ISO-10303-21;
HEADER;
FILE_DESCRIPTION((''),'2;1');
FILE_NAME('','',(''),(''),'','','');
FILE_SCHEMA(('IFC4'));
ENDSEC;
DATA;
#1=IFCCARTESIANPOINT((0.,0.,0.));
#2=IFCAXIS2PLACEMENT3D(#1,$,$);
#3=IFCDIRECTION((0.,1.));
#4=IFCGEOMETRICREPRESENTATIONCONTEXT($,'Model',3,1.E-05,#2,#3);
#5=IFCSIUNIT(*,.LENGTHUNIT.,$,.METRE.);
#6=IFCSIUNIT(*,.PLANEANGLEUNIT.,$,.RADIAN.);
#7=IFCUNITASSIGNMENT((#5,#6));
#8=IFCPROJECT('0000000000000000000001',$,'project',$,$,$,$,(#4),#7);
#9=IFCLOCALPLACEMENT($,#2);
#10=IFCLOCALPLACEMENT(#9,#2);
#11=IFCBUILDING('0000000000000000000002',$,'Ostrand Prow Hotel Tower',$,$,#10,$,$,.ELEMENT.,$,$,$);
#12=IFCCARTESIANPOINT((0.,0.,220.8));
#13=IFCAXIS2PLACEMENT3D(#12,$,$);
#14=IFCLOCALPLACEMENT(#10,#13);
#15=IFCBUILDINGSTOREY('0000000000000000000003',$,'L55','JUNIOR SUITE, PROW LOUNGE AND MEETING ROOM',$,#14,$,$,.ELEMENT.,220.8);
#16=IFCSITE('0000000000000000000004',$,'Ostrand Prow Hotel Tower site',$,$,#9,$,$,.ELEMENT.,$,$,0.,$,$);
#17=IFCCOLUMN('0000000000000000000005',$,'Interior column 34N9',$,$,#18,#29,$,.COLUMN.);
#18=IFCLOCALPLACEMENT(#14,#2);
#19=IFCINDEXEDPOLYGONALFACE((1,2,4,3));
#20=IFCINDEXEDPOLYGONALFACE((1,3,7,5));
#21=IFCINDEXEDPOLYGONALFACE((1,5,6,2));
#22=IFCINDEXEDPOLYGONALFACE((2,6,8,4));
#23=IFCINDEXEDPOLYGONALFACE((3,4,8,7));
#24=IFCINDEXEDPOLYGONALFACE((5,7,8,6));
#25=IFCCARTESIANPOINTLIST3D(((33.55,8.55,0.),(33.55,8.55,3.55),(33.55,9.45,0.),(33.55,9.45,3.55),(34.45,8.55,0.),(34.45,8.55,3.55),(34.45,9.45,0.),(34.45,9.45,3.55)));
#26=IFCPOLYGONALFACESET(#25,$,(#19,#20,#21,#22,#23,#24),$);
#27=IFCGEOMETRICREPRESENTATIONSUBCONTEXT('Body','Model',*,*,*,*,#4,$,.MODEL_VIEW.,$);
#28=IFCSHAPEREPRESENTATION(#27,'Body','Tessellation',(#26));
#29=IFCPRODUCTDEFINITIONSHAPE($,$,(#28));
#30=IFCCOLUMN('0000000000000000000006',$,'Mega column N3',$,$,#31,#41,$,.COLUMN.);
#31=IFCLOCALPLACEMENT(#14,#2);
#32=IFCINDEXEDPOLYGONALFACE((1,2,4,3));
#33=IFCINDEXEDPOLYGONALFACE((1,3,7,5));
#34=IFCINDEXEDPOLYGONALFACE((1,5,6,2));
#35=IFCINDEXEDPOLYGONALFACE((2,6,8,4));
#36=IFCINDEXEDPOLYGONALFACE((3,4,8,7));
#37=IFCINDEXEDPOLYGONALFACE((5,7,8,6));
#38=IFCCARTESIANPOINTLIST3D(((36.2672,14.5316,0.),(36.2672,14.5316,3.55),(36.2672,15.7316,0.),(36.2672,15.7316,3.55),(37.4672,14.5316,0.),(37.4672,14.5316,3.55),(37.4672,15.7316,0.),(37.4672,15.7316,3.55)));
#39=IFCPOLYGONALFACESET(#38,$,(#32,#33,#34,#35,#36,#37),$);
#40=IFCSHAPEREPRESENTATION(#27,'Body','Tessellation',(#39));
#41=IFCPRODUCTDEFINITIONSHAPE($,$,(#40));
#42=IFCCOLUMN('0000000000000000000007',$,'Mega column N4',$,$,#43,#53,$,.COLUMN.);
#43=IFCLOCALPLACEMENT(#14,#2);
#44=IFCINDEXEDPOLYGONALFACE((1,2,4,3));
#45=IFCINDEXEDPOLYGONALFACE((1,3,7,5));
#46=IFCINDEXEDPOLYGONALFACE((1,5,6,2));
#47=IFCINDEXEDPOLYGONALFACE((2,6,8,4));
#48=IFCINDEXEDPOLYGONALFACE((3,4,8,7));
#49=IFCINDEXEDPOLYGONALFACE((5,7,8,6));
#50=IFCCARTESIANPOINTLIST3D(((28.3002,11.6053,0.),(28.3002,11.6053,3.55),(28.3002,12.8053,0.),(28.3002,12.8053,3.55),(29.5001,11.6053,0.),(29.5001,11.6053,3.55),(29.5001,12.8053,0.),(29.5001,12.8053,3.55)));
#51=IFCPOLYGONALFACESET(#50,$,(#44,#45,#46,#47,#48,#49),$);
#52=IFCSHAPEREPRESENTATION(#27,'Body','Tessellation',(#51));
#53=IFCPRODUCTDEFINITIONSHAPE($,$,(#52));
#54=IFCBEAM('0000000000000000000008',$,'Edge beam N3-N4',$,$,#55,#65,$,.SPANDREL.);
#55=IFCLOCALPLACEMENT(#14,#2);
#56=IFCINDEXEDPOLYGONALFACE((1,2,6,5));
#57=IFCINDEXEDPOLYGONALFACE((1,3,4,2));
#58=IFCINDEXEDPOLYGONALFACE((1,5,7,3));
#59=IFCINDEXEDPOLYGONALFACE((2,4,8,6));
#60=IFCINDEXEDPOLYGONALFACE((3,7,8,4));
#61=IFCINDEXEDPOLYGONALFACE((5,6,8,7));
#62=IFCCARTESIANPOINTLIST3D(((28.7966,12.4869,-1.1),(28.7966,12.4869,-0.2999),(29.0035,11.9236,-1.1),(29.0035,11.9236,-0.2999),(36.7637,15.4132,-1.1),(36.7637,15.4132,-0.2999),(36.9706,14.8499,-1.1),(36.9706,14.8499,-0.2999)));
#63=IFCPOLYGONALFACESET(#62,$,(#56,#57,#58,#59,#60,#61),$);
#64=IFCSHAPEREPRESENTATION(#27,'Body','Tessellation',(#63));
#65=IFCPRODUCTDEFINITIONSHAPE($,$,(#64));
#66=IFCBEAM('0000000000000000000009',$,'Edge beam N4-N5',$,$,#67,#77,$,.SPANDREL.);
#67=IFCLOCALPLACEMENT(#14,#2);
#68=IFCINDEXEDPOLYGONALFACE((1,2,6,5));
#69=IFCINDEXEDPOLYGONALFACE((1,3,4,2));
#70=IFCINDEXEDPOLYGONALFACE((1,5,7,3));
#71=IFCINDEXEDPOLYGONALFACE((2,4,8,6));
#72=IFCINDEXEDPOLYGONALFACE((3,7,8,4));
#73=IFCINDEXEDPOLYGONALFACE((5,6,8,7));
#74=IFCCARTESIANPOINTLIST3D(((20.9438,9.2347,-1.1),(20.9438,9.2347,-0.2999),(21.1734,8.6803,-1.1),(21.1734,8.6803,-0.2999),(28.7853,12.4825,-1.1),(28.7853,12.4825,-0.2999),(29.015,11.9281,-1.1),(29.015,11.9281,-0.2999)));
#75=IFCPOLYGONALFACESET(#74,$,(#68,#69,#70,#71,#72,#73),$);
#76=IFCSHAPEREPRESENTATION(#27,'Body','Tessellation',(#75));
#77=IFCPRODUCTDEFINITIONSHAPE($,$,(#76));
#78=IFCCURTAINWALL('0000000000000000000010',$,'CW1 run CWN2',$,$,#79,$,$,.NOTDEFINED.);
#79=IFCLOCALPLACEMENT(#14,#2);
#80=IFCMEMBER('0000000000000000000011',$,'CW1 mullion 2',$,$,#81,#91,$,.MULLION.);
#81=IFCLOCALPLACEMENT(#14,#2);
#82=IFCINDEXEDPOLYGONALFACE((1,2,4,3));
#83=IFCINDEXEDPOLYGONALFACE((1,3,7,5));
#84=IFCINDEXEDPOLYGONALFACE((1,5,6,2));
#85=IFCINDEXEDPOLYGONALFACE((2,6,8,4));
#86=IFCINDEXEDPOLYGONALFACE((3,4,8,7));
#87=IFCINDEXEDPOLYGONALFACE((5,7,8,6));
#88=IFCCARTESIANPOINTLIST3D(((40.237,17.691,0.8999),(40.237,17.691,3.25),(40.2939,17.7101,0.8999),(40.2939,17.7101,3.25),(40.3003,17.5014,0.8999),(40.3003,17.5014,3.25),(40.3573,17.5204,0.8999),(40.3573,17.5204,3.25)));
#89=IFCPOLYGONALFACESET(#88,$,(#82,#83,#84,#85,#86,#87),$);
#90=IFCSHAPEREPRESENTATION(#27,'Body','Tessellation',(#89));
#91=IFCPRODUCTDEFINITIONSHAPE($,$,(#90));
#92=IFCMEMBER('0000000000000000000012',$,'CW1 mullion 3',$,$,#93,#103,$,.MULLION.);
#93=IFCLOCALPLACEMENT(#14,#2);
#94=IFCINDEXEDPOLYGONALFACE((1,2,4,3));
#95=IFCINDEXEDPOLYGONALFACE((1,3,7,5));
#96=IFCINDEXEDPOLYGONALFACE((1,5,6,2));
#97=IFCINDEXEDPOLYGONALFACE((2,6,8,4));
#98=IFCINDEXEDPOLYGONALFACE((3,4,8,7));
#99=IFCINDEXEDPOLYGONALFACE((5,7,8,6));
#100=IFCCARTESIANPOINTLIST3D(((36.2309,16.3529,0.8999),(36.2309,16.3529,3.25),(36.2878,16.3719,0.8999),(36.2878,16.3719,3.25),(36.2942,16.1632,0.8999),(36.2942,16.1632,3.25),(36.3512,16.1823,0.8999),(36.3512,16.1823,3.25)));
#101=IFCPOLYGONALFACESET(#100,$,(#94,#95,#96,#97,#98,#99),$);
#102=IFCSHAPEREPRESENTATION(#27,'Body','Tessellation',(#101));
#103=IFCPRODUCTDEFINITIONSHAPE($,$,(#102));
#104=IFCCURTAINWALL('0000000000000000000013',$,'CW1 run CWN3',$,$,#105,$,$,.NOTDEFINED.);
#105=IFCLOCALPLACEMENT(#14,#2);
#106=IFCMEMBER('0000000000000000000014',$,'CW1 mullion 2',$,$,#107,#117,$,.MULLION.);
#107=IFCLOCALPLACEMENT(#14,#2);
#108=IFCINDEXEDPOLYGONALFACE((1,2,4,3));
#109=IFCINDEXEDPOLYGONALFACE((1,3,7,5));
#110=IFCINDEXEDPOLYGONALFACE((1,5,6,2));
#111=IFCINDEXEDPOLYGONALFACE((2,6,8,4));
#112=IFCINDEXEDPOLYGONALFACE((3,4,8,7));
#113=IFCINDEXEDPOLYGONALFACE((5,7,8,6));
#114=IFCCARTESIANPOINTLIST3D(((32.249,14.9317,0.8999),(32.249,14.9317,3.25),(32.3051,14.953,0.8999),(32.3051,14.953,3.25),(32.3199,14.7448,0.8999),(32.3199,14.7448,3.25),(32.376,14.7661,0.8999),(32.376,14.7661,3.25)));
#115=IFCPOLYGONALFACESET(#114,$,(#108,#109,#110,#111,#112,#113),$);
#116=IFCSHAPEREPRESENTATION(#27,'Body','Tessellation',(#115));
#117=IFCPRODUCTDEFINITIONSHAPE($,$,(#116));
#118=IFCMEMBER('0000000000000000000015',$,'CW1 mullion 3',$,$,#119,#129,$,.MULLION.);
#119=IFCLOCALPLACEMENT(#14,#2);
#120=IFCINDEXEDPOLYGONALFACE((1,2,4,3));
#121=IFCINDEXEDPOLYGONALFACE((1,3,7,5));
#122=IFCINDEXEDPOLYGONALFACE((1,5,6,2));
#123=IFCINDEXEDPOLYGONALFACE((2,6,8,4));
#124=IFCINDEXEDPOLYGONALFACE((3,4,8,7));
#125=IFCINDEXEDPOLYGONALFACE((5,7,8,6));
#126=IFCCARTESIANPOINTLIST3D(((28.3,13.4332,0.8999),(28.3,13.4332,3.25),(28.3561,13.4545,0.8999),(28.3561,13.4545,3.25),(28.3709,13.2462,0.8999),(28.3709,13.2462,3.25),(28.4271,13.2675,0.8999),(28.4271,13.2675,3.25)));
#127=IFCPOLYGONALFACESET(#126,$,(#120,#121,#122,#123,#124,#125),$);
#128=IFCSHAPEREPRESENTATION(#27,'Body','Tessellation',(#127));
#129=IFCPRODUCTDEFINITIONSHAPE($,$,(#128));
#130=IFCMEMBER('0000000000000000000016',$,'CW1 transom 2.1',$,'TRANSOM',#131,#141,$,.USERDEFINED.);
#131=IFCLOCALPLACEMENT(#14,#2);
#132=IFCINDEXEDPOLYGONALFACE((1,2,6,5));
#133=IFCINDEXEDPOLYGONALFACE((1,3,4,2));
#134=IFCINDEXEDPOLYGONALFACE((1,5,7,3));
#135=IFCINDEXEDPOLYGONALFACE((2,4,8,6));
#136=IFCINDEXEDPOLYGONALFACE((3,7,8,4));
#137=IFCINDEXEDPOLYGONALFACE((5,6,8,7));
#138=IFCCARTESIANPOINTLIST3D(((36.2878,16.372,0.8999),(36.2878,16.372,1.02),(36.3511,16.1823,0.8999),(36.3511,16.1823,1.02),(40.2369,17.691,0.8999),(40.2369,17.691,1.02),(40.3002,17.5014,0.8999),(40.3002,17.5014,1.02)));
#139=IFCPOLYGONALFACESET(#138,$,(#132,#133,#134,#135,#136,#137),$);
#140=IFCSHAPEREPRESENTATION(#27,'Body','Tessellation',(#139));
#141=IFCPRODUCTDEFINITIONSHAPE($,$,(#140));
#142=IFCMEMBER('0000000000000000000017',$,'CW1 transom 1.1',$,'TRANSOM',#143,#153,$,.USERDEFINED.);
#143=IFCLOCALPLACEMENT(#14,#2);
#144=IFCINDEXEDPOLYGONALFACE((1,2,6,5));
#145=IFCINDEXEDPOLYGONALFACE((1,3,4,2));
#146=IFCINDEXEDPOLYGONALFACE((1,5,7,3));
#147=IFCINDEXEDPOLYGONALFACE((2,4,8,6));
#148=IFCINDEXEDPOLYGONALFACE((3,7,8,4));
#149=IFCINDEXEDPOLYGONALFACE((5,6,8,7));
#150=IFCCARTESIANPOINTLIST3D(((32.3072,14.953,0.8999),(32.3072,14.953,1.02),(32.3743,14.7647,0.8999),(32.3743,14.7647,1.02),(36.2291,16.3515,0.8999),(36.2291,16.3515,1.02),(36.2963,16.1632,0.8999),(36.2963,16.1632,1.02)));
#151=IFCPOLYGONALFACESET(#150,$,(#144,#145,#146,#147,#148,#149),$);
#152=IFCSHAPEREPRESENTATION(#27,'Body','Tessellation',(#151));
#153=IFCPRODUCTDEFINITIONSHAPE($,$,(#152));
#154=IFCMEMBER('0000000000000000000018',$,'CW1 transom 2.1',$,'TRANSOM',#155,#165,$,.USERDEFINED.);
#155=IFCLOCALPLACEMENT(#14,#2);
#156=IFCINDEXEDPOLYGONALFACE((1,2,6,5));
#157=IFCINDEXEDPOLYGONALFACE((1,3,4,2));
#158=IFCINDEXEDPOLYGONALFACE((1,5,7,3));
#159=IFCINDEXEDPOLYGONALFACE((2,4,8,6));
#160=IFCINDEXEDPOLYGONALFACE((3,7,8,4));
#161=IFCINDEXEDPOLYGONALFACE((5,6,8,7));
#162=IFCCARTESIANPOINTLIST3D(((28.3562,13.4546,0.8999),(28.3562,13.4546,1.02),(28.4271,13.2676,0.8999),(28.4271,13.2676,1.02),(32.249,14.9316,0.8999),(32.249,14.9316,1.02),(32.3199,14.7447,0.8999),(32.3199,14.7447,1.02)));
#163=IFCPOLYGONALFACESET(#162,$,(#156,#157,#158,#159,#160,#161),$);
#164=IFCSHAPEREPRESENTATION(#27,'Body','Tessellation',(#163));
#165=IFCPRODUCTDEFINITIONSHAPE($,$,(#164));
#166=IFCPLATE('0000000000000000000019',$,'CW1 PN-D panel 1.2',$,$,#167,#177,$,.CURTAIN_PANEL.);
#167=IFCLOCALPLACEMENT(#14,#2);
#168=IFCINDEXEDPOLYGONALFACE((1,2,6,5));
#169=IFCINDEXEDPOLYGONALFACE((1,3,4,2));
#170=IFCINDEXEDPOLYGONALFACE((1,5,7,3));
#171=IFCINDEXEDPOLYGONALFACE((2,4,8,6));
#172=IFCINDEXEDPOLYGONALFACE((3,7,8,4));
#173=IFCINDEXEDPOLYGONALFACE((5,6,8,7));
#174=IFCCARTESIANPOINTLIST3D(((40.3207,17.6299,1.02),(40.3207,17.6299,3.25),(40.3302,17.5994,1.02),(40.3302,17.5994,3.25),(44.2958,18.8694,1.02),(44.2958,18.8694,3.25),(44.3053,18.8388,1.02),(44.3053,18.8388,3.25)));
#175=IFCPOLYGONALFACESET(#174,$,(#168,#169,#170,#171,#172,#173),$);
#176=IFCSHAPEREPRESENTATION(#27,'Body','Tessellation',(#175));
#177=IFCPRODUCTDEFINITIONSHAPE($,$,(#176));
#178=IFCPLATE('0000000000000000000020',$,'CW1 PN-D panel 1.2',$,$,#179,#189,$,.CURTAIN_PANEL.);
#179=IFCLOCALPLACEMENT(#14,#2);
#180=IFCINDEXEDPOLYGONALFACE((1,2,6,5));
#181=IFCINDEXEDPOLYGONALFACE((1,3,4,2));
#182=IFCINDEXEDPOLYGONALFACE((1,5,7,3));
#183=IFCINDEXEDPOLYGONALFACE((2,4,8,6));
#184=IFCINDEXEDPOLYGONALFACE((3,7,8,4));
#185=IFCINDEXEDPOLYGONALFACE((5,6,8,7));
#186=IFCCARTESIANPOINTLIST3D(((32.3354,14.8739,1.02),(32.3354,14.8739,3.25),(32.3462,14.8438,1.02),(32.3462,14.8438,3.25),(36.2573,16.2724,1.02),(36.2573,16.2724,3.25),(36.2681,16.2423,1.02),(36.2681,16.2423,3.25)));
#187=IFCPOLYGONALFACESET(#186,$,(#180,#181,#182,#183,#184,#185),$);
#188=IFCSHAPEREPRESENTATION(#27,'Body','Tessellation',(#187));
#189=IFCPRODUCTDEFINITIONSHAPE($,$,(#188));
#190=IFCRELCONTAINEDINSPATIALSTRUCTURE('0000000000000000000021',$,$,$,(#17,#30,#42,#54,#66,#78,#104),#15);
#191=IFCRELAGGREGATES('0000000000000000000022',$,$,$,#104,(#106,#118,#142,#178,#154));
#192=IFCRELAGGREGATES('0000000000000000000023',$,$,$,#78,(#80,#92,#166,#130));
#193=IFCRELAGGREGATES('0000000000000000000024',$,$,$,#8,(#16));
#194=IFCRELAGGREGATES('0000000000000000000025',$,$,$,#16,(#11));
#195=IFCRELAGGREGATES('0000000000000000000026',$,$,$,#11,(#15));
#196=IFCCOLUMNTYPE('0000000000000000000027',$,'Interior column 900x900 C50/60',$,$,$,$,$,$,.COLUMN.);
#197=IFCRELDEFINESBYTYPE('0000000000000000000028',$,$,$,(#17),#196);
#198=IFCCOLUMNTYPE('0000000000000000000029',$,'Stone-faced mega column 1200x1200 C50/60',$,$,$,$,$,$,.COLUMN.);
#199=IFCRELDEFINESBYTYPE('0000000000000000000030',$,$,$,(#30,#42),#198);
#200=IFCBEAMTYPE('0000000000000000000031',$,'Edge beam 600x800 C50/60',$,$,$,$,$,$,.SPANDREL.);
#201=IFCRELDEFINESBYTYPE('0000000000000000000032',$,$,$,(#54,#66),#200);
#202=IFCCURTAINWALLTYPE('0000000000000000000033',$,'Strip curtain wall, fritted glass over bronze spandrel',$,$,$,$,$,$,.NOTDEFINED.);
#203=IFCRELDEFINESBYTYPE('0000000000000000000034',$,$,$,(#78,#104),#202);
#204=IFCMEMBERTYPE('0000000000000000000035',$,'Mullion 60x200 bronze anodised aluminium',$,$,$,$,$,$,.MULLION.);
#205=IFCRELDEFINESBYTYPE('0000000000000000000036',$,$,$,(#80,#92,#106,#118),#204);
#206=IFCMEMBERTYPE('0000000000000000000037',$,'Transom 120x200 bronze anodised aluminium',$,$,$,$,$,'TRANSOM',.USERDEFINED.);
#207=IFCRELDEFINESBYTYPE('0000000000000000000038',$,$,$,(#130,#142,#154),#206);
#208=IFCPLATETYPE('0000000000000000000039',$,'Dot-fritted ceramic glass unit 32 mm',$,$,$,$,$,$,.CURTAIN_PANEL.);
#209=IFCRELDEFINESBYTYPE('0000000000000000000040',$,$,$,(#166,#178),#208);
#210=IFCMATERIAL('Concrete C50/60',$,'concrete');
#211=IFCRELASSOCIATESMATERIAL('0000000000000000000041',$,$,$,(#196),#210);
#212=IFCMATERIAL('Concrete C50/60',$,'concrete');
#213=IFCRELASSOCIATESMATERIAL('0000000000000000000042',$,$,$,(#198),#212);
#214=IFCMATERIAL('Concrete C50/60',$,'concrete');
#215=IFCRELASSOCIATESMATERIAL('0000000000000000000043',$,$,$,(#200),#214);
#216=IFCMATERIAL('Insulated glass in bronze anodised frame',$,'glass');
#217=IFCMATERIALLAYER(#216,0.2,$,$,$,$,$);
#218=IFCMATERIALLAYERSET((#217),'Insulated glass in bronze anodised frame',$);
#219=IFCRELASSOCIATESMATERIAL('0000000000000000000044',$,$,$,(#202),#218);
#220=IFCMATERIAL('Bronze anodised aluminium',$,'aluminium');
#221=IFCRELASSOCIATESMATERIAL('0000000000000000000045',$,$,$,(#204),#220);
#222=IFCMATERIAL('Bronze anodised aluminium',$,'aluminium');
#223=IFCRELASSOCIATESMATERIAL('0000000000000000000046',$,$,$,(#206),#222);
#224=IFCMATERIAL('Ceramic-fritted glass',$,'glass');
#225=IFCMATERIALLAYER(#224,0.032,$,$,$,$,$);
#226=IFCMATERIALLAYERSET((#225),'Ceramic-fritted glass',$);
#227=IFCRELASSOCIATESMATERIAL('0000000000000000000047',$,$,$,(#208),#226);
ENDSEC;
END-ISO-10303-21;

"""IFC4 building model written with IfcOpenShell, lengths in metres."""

from ifc_helpers import new_model, si_unit, direction, frame, origin, origin_2d, place, context, subcontext, project, spatial, rectangle, extrude, material, layer, layer_set, material_profile, profile_set, type_object, element, aggregate, save


model = new_model("IFC4")

# Units and contexts
model_context = context("Model", 3, precision=1e-05, world=origin(), true_north=direction((0.0, 1.0)))
body_context = subcontext(model_context, "Body", "Model", "MODEL_VIEW")
ifc_project = project(units=[si_unit("LENGTHUNIT", "METRE"), si_unit("PLANEANGLEUNIT", "RADIAN")], contexts=[model_context])

# Site, building, storey
site_placement = place(None, origin())
site = spatial("IfcSite", under=ifc_project, at=site_placement, Name="Ostrand Prow Hotel Tower site", CompositionType="ELEMENT", RefElevation=0.0)
building_placement = place(site_placement, origin())
building = spatial("IfcBuilding", under=site, at=building_placement, Name="Ostrand Prow Hotel Tower", CompositionType="ELEMENT")
storey_placement = place(building_placement, frame((0.0, 0.0, 220.8)))
storey = spatial("IfcBuildingStorey", under=building, at=storey_placement, Name="L55", Description="JUNIOR SUITE, PROW LOUNGE AND MEETING ROOM", CompositionType="ELEMENT", Elevation=220.8)

# Columns
ifc_material_1 = material(Name="Concrete C50/60", Category="concrete")
ifc_material_profile_1 = material_profile(ifc_material_1, rectangle(XDim=0.8999, YDim=0.8999, at=origin_2d()), Name="RC 900x900")
ifc_profile_set_1 = profile_set([ifc_material_profile_1], Name="Concrete C50/60")
column_type_1 = type_object("IfcColumnType", Name="Interior column 900x900 C50/60", PredefinedType="COLUMN", material=ifc_profile_set_1)
column_placement = place(storey_placement, frame((34.0, 9.0, 0.0), z_axis=(0.0, 0.0, 1.0), x_axis=(1.0, 0.0, 0.0)))
element("IfcColumn", 1, at=column_placement, inside=storey, type_object=column_type_1, Name="Interior column 34N9", PredefinedType="COLUMN", context=body_context, shape_type="SweptSolid", body=[
    extrude(rectangle(XDim=0.8999, YDim=0.8999, at=origin_2d()), origin(), (0.0, 0.0, 1.0), 3.55),
])
ifc_material_2 = material(Name="Concrete C50/60", Category="concrete")
ifc_material_profile_2 = material_profile(ifc_material_2, rectangle(XDim=1.2, YDim=1.2, at=origin_2d()), Name="RC 1200x1200")
ifc_profile_set_2 = profile_set([ifc_material_profile_2], Name="Concrete C50/60")
column_type_2 = type_object("IfcColumnType", Name="Stone-faced mega column 1200x1200 C50/60", PredefinedType="COLUMN", material=ifc_profile_set_2)
for number, where, z_axis, x_axis, name in (
    (2, (36.8672, 15.1316, 0.0), (0.0, 0.0, 1.0), (1.0, 0.0, 0.0), "Mega column N3"),
    (3, (28.9001, 12.2053, 0.0), (0.0, 0.0, 1.0), (1.0, 0.0, 0.0), "Mega column N4"),
):
    element("IfcColumn", number, at=place(storey_placement, frame(where, z_axis=z_axis, x_axis=x_axis)), inside=storey, type_object=column_type_2, Name=name, PredefinedType="COLUMN", context=body_context, shape_type="SweptSolid", body=[
        extrude(rectangle(XDim=1.2, YDim=1.2, at=origin_2d()), origin(), (0.0, 0.0, 1.0), 3.55),
    ])

# Beams
ifc_material_3 = material(Name="Concrete C50/60", Category="concrete")
ifc_material_profile_3 = material_profile(ifc_material_3, rectangle(XDim=0.6001, YDim=0.8, at=origin_2d()), Name="RC 600x800")
ifc_profile_set_3 = profile_set([ifc_material_profile_3], Name="Concrete C50/60")
beam_type = type_object("IfcBeamType", Name="Edge beam 600x800 C50/60", PredefinedType="SPANDREL", material=ifc_profile_set_3)
for number, where, z_axis, x_axis, name in (
    (4, (36.8672, 15.1316, -0.7), (-0.938685, -0.344776, 0.0), (0.344776, -0.938685, 0.0), "Edge beam N3-N4"),
    (5, (28.9001, 12.2053, -0.7), (-0.923891, -0.382656, 0.0), (0.382656, -0.923891, 0.0), "Edge beam N4-N5"),
):
    element("IfcBeam", number, at=place(storey_placement, frame(where, z_axis=z_axis, x_axis=x_axis)), inside=storey, type_object=beam_type, Name=name, PredefinedType="SPANDREL", context=body_context, shape_type="SweptSolid", body=[
        extrude(rectangle(XDim=0.6001, YDim=0.8, at=origin_2d()), origin(), (0.0, 0.0, 1.0), 8.4875),
    ])

# Curtain walls, members
ifc_material_4 = material(Name="Insulated glass in bronze anodised frame", Category="glass")
ifc_layer_1 = layer(ifc_material_4, 0.2)
ifc_layer_set_1 = layer_set([ifc_layer_1], Name="Insulated glass in bronze anodised frame")
curtain_wall_type = type_object("IfcCurtainWallType", Name="Strip curtain wall, fritted glass over bronze spandrel", PredefinedType="NOTDEFINED", material=ifc_layer_set_1)
curtain_wall_1_placement = place(storey_placement, origin())
curtain_wall_1 = element("IfcCurtainWall", 6, at=curtain_wall_1_placement, inside=storey, type_object=curtain_wall_type, Name="CW1 run CWN2", PredefinedType="NOTDEFINED")
ifc_material_5 = material(Name="Bronze anodised aluminium", Category="aluminium")
ifc_material_profile_4 = material_profile(ifc_material_5, rectangle(XDim=0.2, YDim=0.0601, at=origin_2d()), Name="Mullion 60x200 bronze anodised aluminium")
ifc_profile_set_4 = profile_set([ifc_material_profile_4], Name="Bronze anodised aluminium")
member_type_1 = type_object("IfcMemberType", Name="Mullion 60x200 bronze anodised aluminium", PredefinedType="MULLION", material=ifc_profile_set_4)
member_1_placement = place(storey_placement, frame((40.2971, 17.6057, 0.8999), z_axis=(0.0, 0.0, 1.0), x_axis=(0.316841, -0.948479, 0.0)))
member_1 = element("IfcMember", 7, at=member_1_placement, type_object=member_type_1, Name="CW1 mullion 2", PredefinedType="MULLION", context=body_context, shape_type="SweptSolid", body=[
    extrude(rectangle(XDim=0.2, YDim=0.0601, at=origin_2d()), origin(), (0.0, 0.0, 1.0), 2.3501),
])
member_2_placement = place(storey_placement, frame((36.291, 16.2676, 0.8999), z_axis=(0.0, 0.0, 1.0), x_axis=(0.316841, -0.948479, 0.0)))
member_2 = element("IfcMember", 8, at=member_2_placement, type_object=member_type_1, Name="CW1 mullion 3", PredefinedType="MULLION", context=body_context, shape_type="SweptSolid", body=[
    extrude(rectangle(XDim=0.2, YDim=0.0601, at=origin_2d()), origin(), (0.0, 0.0, 1.0), 2.3501),
])
curtain_wall_2_placement = place(storey_placement, origin())
curtain_wall_2 = element("IfcCurtainWall", 9, at=curtain_wall_2_placement, inside=storey, type_object=curtain_wall_type, Name="CW1 run CWN3", PredefinedType="NOTDEFINED")
member_3_placement = place(storey_placement, frame((32.3125, 14.8489, 0.8999), z_axis=(0.0, 0.0, 1.0), x_axis=(0.354777, -0.934951, 0.0)))
member_3 = element("IfcMember", 10, at=member_3_placement, type_object=member_type_1, Name="CW1 mullion 2", PredefinedType="MULLION", context=body_context, shape_type="SweptSolid", body=[
    extrude(rectangle(XDim=0.2, YDim=0.0601, at=origin_2d()), origin(), (0.0, 0.0, 1.0), 2.3501),
])
member_4_placement = place(storey_placement, frame((28.3635, 13.3503, 0.8999), z_axis=(0.0, 0.0, 1.0), x_axis=(0.354777, -0.934951, 0.0)))
member_4 = element("IfcMember", 11, at=member_4_placement, type_object=member_type_1, Name="CW1 mullion 3", PredefinedType="MULLION", context=body_context, shape_type="SweptSolid", body=[
    extrude(rectangle(XDim=0.2, YDim=0.0601, at=origin_2d()), origin(), (0.0, 0.0, 1.0), 2.3501),
])

# Members
ifc_material_6 = material(Name="Bronze anodised aluminium", Category="aluminium")
ifc_material_profile_5 = material_profile(ifc_material_6, rectangle(XDim=0.2, YDim=0.1201, at=origin_2d()), Name="Transom 120x200 bronze anodised aluminium")
ifc_profile_set_5 = profile_set([ifc_material_profile_5], Name="Bronze anodised aluminium")
member_type_2 = type_object("IfcMemberType", Name="Transom 120x200 bronze anodised aluminium", ElementType="TRANSOM", PredefinedType="USERDEFINED", material=ifc_profile_set_5)
member_5_placement = place(storey_placement, frame((40.2686, 17.5962, 0.96), z_axis=(-0.94849, -0.316808, 0.0), x_axis=(0.316808, -0.94849, 0.0)))
member_5 = element("IfcMember", 12, at=member_5_placement, type_object=member_type_2, Name="CW1 transom 2.1", ObjectType="TRANSOM", PredefinedType="USERDEFINED", context=body_context, shape_type="SweptSolid", body=[
    extrude(rectangle(XDim=0.2, YDim=0.1201, at=origin_2d()), origin(), (0.0, 0.0, 1.0), 4.1636),
])
member_6_placement = place(storey_placement, frame((36.2627, 16.2573, 0.96), z_axis=(-0.941912, -0.335861, 0.0), x_axis=(0.335861, -0.941912, 0.0)))
member_6 = element("IfcMember", 13, at=member_6_placement, type_object=member_type_2, Name="CW1 transom 1.1", ObjectType="TRANSOM", PredefinedType="USERDEFINED", context=body_context, shape_type="SweptSolid", body=[
    extrude(rectangle(XDim=0.2, YDim=0.1201, at=origin_2d()), origin(), (0.0, 0.0, 1.0), 4.1638),
])
member_7_placement = place(storey_placement, frame((32.2844, 14.8381, 0.96), z_axis=(-0.934961, -0.354751, 0.0), x_axis=(0.354751, -0.934961, 0.0)))
member_7 = element("IfcMember", 14, at=member_7_placement, type_object=member_type_2, Name="CW1 transom 2.1", ObjectType="TRANSOM", PredefinedType="USERDEFINED", context=body_context, shape_type="SweptSolid", body=[
    extrude(rectangle(XDim=0.2, YDim=0.1201, at=origin_2d()), origin(), (0.0, 0.0, 1.0), 4.1636),
])

# Plates
ifc_material_7 = material(Name="Ceramic-fritted glass", Category="glass")
ifc_layer_2 = layer(ifc_material_7, 0.032)
ifc_layer_set_2 = layer_set([ifc_layer_2], Name="Ceramic-fritted glass")
plate_type_1 = type_object("IfcPlateType", Name="Dot-fritted ceramic glass unit 32 mm", PredefinedType="CURTAIN_PANEL", material=ifc_layer_set_2)
plate_1_placement = place(storey_placement, frame((42.313, 18.2344, 1.02), z_axis=(0.0, 0.0, 1.0), x_axis=(-0.954666, -0.297678, 0.0)))
plate_1 = element("IfcPlate", 15, at=plate_1_placement, type_object=plate_type_1, Name="CW1 PN-D panel 1.2", PredefinedType="CURTAIN_PANEL", context=body_context, shape_type="SweptSolid", body=[
    extrude(rectangle(XDim=4.1638, YDim=0.032, at=origin_2d()), origin(), (0.0, 0.0, 1.0), 2.23),
])
plate_2_placement = place(storey_placement, frame((34.3018, 15.5581, 1.02), z_axis=(0.0, 0.0, 1.0), x_axis=(-0.941906, -0.335877, 0.0)))
plate_2 = element("IfcPlate", 16, at=plate_2_placement, type_object=plate_type_1, Name="CW1 PN-D panel 1.2", PredefinedType="CURTAIN_PANEL", context=body_context, shape_type="SweptSolid", body=[
    extrude(rectangle(XDim=4.1638, YDim=0.032, at=origin_2d()), origin(), (0.0, 0.0, 1.0), 2.23),
])
aggregate(curtain_wall_2, [member_3, member_4, member_6, plate_2, member_7])
aggregate(curtain_wall_1, [member_1, member_2, plate_1, member_5])

save(model, "model.ifc")
